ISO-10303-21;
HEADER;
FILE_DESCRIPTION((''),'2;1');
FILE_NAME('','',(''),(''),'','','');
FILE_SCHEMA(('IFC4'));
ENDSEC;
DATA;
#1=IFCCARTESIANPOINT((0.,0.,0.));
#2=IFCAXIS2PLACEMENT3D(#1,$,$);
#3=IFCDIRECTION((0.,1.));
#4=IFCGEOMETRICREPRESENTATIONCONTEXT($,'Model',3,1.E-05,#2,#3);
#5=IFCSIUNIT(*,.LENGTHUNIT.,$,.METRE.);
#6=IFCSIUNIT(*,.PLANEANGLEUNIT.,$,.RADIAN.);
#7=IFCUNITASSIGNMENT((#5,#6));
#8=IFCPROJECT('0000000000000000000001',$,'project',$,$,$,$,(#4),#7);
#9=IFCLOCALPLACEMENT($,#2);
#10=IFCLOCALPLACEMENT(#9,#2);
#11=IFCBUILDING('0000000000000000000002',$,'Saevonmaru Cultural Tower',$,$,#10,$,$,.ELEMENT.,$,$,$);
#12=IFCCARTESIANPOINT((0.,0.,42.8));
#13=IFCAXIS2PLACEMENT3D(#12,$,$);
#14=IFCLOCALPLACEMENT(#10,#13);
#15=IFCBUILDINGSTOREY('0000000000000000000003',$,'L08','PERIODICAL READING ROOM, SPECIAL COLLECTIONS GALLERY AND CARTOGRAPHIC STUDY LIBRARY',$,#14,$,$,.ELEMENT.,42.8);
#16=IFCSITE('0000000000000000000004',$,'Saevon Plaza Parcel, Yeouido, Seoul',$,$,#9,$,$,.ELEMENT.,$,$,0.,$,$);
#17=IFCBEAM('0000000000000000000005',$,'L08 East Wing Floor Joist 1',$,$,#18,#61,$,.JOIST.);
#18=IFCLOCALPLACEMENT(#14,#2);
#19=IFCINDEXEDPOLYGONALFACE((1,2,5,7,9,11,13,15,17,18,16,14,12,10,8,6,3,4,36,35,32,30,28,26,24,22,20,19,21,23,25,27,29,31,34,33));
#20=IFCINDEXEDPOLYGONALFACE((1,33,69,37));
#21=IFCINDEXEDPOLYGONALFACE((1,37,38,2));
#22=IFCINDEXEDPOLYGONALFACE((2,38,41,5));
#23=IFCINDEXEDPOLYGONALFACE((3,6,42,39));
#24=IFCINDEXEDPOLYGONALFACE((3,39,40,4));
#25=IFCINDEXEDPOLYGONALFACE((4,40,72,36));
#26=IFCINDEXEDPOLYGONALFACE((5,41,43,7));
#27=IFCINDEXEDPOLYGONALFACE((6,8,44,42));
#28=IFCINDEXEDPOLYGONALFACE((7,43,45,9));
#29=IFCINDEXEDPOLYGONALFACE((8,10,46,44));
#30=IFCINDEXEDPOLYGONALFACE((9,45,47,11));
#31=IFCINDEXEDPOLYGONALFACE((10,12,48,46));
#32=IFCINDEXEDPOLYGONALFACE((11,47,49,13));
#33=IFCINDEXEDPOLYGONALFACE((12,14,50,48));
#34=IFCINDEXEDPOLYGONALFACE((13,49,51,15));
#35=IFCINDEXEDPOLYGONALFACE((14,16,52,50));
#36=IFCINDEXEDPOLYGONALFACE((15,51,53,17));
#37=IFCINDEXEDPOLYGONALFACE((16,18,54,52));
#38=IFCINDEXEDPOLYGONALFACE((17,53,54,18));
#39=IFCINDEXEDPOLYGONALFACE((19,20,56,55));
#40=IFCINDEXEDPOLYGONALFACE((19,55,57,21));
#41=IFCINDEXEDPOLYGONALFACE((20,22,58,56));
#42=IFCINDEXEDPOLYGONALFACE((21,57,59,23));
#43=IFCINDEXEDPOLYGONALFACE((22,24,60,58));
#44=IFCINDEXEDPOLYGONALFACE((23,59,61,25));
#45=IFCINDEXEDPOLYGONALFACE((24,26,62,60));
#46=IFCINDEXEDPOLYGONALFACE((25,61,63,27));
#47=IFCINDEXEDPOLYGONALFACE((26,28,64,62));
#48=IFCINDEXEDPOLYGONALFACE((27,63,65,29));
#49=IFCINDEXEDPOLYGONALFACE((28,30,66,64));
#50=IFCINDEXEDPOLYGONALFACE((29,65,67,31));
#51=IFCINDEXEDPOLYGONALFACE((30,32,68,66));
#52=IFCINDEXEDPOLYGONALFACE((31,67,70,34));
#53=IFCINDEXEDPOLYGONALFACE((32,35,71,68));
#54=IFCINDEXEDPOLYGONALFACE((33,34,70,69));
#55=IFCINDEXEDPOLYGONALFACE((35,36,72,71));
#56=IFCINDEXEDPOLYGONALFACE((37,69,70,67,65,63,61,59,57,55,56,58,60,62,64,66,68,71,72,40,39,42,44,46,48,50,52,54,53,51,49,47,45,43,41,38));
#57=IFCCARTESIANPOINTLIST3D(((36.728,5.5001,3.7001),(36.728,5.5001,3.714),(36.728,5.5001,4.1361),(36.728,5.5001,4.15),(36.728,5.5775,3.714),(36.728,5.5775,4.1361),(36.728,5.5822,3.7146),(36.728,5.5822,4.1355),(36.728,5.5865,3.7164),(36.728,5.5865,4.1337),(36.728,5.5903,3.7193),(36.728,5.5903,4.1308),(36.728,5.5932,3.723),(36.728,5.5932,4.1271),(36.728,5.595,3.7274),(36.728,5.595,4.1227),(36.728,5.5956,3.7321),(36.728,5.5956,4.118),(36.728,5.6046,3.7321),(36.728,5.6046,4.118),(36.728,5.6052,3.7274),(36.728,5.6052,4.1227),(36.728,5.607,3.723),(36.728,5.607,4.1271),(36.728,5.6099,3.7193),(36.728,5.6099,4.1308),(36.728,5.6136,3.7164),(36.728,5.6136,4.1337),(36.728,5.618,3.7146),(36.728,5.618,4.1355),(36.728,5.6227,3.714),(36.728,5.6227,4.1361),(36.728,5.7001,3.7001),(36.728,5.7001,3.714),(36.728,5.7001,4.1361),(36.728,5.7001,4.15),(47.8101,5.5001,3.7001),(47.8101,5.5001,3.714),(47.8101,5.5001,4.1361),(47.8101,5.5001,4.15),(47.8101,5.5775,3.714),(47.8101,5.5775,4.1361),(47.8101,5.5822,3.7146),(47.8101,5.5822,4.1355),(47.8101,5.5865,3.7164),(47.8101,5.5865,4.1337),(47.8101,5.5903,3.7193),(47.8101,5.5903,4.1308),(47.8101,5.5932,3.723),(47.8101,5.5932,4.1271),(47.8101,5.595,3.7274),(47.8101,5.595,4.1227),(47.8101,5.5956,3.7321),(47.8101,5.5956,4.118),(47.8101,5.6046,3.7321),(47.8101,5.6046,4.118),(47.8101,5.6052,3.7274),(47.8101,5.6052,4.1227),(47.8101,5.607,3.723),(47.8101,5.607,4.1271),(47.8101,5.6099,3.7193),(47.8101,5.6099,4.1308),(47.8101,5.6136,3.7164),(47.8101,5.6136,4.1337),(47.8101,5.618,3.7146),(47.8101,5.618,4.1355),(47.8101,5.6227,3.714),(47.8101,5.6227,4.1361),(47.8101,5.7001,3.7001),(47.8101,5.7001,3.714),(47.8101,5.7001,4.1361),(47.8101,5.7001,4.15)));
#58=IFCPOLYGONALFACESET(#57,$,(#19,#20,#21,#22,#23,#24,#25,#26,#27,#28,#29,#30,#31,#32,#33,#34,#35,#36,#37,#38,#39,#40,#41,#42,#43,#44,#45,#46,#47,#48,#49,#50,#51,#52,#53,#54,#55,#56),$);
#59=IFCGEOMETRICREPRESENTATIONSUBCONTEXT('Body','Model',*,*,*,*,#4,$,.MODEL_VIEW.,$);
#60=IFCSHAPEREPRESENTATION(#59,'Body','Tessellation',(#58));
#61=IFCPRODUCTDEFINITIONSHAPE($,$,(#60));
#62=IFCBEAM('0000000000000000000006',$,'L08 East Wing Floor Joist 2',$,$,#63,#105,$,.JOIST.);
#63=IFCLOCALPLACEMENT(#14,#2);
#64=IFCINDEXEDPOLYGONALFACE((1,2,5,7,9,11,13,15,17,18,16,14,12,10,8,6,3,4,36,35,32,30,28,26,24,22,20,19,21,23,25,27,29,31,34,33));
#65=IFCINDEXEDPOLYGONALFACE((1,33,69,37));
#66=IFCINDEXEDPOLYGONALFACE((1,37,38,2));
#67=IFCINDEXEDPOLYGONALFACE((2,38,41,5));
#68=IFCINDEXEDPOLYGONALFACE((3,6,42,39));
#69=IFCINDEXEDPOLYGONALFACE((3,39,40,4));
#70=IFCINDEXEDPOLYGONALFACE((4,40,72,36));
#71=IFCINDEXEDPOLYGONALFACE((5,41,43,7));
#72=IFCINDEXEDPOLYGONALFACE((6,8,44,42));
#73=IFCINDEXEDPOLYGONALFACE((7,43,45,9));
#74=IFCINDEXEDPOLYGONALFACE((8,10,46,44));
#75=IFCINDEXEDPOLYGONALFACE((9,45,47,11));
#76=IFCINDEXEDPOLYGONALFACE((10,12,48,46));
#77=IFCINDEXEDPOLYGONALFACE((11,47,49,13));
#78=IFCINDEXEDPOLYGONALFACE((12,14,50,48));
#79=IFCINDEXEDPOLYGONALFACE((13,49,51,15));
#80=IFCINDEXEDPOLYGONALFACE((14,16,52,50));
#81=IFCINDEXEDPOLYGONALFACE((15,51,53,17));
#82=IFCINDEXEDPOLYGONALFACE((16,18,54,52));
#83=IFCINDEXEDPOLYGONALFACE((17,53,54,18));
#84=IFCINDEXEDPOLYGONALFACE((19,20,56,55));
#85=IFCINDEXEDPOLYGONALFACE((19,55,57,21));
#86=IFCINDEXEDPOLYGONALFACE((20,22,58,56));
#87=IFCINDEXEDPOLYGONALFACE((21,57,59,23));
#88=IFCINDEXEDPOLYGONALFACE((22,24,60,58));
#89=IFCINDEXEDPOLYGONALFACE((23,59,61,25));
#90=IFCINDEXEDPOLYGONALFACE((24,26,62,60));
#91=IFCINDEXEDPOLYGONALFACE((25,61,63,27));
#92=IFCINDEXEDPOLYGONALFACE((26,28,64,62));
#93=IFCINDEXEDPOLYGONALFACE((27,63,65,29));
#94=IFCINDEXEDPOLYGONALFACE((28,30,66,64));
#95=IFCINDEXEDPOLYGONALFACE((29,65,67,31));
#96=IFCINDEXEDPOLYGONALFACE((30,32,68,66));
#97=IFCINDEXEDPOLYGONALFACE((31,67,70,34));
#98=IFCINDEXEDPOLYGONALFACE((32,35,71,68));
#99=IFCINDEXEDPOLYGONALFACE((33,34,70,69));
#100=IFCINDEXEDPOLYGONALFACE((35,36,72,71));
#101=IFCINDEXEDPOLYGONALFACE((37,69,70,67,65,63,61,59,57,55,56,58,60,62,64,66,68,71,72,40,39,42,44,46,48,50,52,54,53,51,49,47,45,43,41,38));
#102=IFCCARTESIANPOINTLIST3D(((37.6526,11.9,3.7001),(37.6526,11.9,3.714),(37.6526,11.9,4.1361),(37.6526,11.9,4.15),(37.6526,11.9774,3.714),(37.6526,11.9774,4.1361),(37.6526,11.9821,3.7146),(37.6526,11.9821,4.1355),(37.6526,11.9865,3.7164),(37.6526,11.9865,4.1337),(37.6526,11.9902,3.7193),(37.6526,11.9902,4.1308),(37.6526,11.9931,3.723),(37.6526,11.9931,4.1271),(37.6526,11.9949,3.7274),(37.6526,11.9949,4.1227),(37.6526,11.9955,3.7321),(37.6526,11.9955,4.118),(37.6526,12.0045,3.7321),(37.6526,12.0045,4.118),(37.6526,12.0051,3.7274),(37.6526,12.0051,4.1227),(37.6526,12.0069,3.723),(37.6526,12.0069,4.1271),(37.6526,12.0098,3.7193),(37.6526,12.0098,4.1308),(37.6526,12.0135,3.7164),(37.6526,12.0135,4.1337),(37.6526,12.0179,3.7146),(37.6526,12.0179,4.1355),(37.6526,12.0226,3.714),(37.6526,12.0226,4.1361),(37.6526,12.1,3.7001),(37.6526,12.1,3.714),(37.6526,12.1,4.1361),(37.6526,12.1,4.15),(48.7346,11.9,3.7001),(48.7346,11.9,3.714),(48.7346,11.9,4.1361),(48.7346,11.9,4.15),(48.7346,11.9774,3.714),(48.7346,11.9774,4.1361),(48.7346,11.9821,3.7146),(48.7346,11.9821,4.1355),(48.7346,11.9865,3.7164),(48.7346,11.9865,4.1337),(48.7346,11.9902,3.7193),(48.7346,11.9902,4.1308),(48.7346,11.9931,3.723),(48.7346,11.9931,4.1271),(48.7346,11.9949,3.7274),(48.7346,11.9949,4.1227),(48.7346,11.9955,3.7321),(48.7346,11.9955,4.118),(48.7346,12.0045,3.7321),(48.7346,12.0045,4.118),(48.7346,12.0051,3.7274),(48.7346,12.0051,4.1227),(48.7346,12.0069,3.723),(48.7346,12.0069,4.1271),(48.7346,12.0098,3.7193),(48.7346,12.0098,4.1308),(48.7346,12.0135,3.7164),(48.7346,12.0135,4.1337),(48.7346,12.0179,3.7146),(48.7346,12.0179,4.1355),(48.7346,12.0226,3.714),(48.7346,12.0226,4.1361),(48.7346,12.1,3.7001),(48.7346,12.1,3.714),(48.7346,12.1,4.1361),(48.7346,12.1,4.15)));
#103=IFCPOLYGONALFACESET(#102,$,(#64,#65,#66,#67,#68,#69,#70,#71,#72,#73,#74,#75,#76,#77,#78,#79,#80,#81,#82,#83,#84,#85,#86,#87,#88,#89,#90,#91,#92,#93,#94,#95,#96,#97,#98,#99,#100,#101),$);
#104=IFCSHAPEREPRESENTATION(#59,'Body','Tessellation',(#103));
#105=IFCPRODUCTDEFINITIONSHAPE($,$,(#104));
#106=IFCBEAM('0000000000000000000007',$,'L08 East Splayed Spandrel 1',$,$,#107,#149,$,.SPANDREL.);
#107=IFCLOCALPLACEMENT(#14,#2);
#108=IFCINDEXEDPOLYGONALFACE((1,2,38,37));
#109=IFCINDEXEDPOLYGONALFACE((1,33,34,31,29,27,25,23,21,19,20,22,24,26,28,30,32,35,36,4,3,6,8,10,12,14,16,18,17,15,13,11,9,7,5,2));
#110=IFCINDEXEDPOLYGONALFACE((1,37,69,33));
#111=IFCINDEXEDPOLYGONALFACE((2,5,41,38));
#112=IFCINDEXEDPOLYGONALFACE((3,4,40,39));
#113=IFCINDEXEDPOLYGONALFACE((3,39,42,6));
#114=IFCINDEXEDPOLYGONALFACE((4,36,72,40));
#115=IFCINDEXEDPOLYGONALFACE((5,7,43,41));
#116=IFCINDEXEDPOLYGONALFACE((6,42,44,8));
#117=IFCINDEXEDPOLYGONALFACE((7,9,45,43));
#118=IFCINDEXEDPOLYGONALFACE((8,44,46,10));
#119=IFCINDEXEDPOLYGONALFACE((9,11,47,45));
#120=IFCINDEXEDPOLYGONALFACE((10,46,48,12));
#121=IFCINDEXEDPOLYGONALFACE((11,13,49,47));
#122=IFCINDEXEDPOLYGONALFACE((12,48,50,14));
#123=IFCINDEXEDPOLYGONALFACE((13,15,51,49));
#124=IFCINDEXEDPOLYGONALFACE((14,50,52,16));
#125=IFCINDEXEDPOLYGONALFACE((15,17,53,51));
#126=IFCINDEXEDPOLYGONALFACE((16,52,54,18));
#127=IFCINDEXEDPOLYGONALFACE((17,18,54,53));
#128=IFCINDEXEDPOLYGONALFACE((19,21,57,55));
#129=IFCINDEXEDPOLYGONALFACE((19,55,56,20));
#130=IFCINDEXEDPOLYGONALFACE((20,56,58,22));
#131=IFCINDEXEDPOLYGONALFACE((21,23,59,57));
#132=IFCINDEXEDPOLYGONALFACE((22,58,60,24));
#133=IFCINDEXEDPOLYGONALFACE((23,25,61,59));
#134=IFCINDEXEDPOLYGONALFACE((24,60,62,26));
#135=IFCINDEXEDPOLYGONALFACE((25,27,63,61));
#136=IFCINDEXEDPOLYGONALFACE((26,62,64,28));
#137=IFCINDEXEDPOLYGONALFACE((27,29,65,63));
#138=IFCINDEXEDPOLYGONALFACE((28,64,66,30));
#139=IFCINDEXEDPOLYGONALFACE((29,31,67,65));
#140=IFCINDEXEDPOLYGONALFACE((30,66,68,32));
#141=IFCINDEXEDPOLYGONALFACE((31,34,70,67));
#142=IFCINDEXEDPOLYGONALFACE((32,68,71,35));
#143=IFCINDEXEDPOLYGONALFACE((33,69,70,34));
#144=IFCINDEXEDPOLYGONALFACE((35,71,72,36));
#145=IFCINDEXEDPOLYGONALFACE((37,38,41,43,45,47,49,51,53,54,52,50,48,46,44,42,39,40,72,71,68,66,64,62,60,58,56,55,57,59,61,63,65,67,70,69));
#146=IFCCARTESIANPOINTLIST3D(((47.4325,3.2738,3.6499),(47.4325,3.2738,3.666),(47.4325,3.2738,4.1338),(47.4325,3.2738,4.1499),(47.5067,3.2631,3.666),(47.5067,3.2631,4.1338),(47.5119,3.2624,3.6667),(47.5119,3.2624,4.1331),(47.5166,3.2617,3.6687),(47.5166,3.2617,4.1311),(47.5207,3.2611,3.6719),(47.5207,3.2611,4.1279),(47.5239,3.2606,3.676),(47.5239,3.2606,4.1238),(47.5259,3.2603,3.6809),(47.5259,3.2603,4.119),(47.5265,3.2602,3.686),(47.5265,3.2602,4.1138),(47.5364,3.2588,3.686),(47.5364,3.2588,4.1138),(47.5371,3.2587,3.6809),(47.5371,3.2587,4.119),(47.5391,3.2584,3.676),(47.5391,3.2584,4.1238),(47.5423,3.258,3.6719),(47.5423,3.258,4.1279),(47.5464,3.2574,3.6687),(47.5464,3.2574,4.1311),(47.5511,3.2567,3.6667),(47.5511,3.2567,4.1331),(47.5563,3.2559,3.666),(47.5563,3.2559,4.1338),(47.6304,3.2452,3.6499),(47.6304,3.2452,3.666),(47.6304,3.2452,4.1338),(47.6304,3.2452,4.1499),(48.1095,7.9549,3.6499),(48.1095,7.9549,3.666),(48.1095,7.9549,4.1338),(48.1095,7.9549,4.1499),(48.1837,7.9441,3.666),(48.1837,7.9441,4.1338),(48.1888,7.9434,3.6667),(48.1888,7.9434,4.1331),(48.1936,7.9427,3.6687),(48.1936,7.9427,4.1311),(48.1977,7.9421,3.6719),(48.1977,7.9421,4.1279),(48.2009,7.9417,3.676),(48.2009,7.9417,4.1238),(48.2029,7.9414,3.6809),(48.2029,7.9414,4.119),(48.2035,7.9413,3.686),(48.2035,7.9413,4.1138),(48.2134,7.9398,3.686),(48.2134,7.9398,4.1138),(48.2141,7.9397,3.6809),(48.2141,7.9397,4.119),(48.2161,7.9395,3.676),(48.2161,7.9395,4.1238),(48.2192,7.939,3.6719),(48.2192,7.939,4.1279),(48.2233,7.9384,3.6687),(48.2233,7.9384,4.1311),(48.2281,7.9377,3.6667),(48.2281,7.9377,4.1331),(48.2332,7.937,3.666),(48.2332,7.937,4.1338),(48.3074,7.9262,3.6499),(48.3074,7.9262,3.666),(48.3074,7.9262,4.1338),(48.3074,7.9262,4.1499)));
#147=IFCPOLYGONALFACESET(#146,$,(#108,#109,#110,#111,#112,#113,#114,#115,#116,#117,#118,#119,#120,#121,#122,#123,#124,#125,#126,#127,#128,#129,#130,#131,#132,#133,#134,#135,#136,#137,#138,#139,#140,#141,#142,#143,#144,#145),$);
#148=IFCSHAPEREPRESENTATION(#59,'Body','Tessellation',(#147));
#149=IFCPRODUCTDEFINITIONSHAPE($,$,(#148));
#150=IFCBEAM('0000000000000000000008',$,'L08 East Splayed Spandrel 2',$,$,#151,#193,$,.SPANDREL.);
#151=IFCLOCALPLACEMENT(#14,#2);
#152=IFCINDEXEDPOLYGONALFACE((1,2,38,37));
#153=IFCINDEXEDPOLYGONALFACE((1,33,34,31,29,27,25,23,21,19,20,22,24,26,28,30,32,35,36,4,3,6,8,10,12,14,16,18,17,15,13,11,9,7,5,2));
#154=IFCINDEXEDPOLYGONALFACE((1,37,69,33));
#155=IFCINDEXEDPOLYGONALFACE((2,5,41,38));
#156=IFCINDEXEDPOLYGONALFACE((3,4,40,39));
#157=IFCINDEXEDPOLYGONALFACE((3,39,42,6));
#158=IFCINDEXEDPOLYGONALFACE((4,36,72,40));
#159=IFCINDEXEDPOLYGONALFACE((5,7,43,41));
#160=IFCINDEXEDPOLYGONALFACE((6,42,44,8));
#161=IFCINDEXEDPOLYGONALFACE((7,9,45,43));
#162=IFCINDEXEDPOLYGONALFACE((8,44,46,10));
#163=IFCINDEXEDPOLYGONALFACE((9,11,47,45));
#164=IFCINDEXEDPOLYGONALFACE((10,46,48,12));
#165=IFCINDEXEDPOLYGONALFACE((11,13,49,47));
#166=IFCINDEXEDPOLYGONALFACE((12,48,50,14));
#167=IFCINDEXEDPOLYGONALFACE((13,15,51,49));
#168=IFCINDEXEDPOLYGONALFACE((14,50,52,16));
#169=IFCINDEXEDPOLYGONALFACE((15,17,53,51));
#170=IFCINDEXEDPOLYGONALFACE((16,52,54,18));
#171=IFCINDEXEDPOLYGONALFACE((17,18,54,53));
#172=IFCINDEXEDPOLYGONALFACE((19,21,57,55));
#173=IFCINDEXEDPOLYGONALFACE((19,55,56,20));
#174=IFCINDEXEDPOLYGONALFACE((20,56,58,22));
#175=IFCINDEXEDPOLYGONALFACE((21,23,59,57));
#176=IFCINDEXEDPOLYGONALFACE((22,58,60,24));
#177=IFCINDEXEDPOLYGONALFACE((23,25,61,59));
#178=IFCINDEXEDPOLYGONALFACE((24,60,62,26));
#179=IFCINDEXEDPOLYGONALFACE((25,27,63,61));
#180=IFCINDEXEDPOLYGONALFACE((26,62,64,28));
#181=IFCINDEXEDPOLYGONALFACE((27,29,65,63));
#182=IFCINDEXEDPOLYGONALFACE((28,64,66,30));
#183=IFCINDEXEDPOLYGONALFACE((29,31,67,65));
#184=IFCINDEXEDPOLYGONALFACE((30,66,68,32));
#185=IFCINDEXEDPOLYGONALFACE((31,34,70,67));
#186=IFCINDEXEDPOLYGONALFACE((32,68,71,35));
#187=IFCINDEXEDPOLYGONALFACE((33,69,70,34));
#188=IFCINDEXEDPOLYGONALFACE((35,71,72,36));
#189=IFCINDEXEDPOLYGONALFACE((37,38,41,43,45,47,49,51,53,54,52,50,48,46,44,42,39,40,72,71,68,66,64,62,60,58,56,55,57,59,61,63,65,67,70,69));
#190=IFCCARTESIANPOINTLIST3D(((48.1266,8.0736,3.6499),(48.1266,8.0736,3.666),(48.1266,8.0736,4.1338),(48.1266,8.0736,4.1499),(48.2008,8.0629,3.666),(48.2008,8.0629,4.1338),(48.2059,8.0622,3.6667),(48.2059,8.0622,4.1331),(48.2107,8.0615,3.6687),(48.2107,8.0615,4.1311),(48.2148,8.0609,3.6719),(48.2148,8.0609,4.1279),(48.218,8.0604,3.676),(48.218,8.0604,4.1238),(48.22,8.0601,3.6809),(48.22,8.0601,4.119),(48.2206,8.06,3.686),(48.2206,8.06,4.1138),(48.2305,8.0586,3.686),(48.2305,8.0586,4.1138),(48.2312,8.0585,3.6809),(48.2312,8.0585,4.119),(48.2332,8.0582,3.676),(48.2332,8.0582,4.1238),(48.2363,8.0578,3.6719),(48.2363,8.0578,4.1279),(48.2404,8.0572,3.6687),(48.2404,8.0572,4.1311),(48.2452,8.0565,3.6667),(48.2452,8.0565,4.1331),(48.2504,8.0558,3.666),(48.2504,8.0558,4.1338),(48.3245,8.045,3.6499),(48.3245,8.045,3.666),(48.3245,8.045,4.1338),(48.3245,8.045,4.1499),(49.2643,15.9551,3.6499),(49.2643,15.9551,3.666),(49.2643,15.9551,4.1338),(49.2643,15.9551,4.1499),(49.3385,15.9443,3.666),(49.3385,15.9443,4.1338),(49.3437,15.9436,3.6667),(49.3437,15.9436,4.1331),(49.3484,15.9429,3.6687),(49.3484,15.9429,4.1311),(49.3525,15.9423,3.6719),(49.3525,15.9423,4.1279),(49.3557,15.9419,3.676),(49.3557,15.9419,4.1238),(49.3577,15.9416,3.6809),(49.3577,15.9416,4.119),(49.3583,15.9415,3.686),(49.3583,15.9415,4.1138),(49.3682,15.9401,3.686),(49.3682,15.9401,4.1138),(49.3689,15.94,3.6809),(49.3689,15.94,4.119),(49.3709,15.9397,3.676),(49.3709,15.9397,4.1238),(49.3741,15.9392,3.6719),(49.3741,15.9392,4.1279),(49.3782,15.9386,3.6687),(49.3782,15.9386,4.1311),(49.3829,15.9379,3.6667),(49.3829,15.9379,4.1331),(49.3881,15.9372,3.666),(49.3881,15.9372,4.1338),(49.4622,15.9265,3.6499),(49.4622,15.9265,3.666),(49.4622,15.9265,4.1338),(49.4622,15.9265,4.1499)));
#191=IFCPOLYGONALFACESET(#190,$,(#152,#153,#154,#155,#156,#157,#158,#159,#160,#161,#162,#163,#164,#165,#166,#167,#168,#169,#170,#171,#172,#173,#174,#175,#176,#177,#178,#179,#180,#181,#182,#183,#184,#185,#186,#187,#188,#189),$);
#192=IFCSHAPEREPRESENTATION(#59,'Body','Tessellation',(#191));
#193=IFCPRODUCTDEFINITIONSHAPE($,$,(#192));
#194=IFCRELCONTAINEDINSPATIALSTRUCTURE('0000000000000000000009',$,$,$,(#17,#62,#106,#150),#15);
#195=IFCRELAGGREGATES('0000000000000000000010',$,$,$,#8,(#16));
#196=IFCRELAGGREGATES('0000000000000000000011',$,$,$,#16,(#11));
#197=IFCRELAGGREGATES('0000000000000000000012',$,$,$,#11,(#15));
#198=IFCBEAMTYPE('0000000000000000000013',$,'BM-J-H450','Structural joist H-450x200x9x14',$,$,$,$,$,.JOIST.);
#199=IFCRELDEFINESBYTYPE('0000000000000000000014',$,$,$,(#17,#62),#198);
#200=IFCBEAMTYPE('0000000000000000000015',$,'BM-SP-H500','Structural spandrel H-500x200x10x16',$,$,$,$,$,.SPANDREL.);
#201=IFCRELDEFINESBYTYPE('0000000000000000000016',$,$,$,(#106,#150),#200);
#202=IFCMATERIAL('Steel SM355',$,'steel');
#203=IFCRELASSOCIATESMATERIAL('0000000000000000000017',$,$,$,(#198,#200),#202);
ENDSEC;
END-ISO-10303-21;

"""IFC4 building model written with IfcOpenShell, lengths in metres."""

from ifc_helpers import new_model, si_unit, direction, frame, origin, origin_2d, place, context, subcontext, project, spatial, i_section, extrude, material, material_profile, profile_set, type_object, element, save


model = new_model("IFC4")

# Units and contexts
model_context = context("Model", 3, precision=1e-05, world=origin(), true_north=direction((0.0, 1.0)))
body_context = subcontext(model_context, "Body", "Model", "MODEL_VIEW")
ifc_project = project(units=[si_unit("LENGTHUNIT", "METRE"), si_unit("PLANEANGLEUNIT", "RADIAN")], contexts=[model_context])

# Site, building, storey
site_placement = place(None, origin())
site = spatial("IfcSite", under=ifc_project, at=site_placement, Name="Saevon Plaza Parcel, Yeouido, Seoul", CompositionType="ELEMENT", RefElevation=0.0)
building_placement = place(site_placement, origin())
building = spatial("IfcBuilding", under=site, at=building_placement, Name="Saevonmaru Cultural Tower", CompositionType="ELEMENT")
storey_placement = place(building_placement, frame((0.0, 0.0, 42.8)))
storey = spatial("IfcBuildingStorey", under=building, at=storey_placement, Name="L08", Description="PERIODICAL READING ROOM, SPECIAL COLLECTIONS GALLERY AND CARTOGRAPHIC STUDY LIBRARY", CompositionType="ELEMENT", Elevation=42.8)

# Beams
ifc_material_1 = material(Name="Steel SM355", Category="steel")
ifc_material_profile_1 = material_profile(ifc_material_1, i_section(OverallWidth=0.2, OverallDepth=0.45, WebThickness=0.009, FlangeThickness=0.0139, FilletRadius=0.0181, at=origin_2d()), Name="H-450x200x9x14")
ifc_profile_set_1 = profile_set([ifc_material_profile_1], Name="Steel SM355")
beam_type_1 = type_object("IfcBeamType", Name="BM-J-H450", Description="Structural joist H-450x200x9x14", PredefinedType="JOIST", material=ifc_profile_set_1)
for number, where, z_axis, x_axis, name in (
    (1, (36.728, 5.6001, 3.925), (1.0, 0.0, 0.0), (0.0, 1.0, 0.0), "L08 East Wing Floor Joist 1"),
    (2, (37.6526, 12.0, 3.925), (1.0, 0.0, 0.0), (0.0, 1.0, 0.0), "L08 East Wing Floor Joist 2"),
):
    element("IfcBeam", number, at=place(storey_placement, frame(where, z_axis=z_axis, x_axis=x_axis)), inside=storey, type_object=beam_type_1, Name=name, PredefinedType="JOIST", context=body_context, shape_type="SweptSolid", body=[
        extrude(i_section(OverallWidth=0.2, OverallDepth=0.45, WebThickness=0.009, FlangeThickness=0.0139, FilletRadius=0.0181, at=origin_2d()), origin(), (0.0, 0.0, 1.0), 11.082),
    ])
ifc_material_profile_2 = material_profile(ifc_material_1, i_section(OverallWidth=0.2, OverallDepth=0.5, WebThickness=0.01, FlangeThickness=0.0161, FilletRadius=0.02, at=origin_2d()), Name="H-500x200x10x16")
ifc_profile_set_2 = profile_set([ifc_material_profile_2], Name="Steel SM355")
beam_type_2 = type_object("IfcBeamType", Name="BM-SP-H500", Description="Structural spandrel H-500x200x10x16", PredefinedType="SPANDREL", material=ifc_profile_set_2)
beam_1_placement = place(storey_placement, frame((47.5315, 3.2595, 3.8999), z_axis=(0.143134, 0.989703, 0.0), x_axis=(-0.989703, 0.143134, 0.0)))
element("IfcBeam", 3, at=beam_1_placement, inside=storey, type_object=beam_type_2, Name="L08 East Splayed Spandrel 1", PredefinedType="SPANDREL", context=body_context, shape_type="SweptSolid", body=[
    extrude(i_section(OverallWidth=0.2, OverallDepth=0.5, WebThickness=0.01, FlangeThickness=0.0161, FilletRadius=0.02, at=origin_2d()), origin(), (0.0, 0.0, 1.0), 4.7297),
])
beam_2_placement = place(storey_placement, frame((48.2256, 8.0593, 3.8999), z_axis=(0.142872, 0.989741, 0.0), x_axis=(-0.989741, 0.142872, 0.0)))
element("IfcBeam", 4, at=beam_2_placement, inside=storey, type_object=beam_type_2, Name="L08 East Splayed Spandrel 2", PredefinedType="SPANDREL", context=body_context, shape_type="SweptSolid", body=[
    extrude(i_section(OverallWidth=0.2, OverallDepth=0.5, WebThickness=0.01, FlangeThickness=0.0161, FilletRadius=0.02, at=origin_2d()), origin(), (0.0, 0.0, 1.0), 7.9631),
])

save(model, "model.ifc")
